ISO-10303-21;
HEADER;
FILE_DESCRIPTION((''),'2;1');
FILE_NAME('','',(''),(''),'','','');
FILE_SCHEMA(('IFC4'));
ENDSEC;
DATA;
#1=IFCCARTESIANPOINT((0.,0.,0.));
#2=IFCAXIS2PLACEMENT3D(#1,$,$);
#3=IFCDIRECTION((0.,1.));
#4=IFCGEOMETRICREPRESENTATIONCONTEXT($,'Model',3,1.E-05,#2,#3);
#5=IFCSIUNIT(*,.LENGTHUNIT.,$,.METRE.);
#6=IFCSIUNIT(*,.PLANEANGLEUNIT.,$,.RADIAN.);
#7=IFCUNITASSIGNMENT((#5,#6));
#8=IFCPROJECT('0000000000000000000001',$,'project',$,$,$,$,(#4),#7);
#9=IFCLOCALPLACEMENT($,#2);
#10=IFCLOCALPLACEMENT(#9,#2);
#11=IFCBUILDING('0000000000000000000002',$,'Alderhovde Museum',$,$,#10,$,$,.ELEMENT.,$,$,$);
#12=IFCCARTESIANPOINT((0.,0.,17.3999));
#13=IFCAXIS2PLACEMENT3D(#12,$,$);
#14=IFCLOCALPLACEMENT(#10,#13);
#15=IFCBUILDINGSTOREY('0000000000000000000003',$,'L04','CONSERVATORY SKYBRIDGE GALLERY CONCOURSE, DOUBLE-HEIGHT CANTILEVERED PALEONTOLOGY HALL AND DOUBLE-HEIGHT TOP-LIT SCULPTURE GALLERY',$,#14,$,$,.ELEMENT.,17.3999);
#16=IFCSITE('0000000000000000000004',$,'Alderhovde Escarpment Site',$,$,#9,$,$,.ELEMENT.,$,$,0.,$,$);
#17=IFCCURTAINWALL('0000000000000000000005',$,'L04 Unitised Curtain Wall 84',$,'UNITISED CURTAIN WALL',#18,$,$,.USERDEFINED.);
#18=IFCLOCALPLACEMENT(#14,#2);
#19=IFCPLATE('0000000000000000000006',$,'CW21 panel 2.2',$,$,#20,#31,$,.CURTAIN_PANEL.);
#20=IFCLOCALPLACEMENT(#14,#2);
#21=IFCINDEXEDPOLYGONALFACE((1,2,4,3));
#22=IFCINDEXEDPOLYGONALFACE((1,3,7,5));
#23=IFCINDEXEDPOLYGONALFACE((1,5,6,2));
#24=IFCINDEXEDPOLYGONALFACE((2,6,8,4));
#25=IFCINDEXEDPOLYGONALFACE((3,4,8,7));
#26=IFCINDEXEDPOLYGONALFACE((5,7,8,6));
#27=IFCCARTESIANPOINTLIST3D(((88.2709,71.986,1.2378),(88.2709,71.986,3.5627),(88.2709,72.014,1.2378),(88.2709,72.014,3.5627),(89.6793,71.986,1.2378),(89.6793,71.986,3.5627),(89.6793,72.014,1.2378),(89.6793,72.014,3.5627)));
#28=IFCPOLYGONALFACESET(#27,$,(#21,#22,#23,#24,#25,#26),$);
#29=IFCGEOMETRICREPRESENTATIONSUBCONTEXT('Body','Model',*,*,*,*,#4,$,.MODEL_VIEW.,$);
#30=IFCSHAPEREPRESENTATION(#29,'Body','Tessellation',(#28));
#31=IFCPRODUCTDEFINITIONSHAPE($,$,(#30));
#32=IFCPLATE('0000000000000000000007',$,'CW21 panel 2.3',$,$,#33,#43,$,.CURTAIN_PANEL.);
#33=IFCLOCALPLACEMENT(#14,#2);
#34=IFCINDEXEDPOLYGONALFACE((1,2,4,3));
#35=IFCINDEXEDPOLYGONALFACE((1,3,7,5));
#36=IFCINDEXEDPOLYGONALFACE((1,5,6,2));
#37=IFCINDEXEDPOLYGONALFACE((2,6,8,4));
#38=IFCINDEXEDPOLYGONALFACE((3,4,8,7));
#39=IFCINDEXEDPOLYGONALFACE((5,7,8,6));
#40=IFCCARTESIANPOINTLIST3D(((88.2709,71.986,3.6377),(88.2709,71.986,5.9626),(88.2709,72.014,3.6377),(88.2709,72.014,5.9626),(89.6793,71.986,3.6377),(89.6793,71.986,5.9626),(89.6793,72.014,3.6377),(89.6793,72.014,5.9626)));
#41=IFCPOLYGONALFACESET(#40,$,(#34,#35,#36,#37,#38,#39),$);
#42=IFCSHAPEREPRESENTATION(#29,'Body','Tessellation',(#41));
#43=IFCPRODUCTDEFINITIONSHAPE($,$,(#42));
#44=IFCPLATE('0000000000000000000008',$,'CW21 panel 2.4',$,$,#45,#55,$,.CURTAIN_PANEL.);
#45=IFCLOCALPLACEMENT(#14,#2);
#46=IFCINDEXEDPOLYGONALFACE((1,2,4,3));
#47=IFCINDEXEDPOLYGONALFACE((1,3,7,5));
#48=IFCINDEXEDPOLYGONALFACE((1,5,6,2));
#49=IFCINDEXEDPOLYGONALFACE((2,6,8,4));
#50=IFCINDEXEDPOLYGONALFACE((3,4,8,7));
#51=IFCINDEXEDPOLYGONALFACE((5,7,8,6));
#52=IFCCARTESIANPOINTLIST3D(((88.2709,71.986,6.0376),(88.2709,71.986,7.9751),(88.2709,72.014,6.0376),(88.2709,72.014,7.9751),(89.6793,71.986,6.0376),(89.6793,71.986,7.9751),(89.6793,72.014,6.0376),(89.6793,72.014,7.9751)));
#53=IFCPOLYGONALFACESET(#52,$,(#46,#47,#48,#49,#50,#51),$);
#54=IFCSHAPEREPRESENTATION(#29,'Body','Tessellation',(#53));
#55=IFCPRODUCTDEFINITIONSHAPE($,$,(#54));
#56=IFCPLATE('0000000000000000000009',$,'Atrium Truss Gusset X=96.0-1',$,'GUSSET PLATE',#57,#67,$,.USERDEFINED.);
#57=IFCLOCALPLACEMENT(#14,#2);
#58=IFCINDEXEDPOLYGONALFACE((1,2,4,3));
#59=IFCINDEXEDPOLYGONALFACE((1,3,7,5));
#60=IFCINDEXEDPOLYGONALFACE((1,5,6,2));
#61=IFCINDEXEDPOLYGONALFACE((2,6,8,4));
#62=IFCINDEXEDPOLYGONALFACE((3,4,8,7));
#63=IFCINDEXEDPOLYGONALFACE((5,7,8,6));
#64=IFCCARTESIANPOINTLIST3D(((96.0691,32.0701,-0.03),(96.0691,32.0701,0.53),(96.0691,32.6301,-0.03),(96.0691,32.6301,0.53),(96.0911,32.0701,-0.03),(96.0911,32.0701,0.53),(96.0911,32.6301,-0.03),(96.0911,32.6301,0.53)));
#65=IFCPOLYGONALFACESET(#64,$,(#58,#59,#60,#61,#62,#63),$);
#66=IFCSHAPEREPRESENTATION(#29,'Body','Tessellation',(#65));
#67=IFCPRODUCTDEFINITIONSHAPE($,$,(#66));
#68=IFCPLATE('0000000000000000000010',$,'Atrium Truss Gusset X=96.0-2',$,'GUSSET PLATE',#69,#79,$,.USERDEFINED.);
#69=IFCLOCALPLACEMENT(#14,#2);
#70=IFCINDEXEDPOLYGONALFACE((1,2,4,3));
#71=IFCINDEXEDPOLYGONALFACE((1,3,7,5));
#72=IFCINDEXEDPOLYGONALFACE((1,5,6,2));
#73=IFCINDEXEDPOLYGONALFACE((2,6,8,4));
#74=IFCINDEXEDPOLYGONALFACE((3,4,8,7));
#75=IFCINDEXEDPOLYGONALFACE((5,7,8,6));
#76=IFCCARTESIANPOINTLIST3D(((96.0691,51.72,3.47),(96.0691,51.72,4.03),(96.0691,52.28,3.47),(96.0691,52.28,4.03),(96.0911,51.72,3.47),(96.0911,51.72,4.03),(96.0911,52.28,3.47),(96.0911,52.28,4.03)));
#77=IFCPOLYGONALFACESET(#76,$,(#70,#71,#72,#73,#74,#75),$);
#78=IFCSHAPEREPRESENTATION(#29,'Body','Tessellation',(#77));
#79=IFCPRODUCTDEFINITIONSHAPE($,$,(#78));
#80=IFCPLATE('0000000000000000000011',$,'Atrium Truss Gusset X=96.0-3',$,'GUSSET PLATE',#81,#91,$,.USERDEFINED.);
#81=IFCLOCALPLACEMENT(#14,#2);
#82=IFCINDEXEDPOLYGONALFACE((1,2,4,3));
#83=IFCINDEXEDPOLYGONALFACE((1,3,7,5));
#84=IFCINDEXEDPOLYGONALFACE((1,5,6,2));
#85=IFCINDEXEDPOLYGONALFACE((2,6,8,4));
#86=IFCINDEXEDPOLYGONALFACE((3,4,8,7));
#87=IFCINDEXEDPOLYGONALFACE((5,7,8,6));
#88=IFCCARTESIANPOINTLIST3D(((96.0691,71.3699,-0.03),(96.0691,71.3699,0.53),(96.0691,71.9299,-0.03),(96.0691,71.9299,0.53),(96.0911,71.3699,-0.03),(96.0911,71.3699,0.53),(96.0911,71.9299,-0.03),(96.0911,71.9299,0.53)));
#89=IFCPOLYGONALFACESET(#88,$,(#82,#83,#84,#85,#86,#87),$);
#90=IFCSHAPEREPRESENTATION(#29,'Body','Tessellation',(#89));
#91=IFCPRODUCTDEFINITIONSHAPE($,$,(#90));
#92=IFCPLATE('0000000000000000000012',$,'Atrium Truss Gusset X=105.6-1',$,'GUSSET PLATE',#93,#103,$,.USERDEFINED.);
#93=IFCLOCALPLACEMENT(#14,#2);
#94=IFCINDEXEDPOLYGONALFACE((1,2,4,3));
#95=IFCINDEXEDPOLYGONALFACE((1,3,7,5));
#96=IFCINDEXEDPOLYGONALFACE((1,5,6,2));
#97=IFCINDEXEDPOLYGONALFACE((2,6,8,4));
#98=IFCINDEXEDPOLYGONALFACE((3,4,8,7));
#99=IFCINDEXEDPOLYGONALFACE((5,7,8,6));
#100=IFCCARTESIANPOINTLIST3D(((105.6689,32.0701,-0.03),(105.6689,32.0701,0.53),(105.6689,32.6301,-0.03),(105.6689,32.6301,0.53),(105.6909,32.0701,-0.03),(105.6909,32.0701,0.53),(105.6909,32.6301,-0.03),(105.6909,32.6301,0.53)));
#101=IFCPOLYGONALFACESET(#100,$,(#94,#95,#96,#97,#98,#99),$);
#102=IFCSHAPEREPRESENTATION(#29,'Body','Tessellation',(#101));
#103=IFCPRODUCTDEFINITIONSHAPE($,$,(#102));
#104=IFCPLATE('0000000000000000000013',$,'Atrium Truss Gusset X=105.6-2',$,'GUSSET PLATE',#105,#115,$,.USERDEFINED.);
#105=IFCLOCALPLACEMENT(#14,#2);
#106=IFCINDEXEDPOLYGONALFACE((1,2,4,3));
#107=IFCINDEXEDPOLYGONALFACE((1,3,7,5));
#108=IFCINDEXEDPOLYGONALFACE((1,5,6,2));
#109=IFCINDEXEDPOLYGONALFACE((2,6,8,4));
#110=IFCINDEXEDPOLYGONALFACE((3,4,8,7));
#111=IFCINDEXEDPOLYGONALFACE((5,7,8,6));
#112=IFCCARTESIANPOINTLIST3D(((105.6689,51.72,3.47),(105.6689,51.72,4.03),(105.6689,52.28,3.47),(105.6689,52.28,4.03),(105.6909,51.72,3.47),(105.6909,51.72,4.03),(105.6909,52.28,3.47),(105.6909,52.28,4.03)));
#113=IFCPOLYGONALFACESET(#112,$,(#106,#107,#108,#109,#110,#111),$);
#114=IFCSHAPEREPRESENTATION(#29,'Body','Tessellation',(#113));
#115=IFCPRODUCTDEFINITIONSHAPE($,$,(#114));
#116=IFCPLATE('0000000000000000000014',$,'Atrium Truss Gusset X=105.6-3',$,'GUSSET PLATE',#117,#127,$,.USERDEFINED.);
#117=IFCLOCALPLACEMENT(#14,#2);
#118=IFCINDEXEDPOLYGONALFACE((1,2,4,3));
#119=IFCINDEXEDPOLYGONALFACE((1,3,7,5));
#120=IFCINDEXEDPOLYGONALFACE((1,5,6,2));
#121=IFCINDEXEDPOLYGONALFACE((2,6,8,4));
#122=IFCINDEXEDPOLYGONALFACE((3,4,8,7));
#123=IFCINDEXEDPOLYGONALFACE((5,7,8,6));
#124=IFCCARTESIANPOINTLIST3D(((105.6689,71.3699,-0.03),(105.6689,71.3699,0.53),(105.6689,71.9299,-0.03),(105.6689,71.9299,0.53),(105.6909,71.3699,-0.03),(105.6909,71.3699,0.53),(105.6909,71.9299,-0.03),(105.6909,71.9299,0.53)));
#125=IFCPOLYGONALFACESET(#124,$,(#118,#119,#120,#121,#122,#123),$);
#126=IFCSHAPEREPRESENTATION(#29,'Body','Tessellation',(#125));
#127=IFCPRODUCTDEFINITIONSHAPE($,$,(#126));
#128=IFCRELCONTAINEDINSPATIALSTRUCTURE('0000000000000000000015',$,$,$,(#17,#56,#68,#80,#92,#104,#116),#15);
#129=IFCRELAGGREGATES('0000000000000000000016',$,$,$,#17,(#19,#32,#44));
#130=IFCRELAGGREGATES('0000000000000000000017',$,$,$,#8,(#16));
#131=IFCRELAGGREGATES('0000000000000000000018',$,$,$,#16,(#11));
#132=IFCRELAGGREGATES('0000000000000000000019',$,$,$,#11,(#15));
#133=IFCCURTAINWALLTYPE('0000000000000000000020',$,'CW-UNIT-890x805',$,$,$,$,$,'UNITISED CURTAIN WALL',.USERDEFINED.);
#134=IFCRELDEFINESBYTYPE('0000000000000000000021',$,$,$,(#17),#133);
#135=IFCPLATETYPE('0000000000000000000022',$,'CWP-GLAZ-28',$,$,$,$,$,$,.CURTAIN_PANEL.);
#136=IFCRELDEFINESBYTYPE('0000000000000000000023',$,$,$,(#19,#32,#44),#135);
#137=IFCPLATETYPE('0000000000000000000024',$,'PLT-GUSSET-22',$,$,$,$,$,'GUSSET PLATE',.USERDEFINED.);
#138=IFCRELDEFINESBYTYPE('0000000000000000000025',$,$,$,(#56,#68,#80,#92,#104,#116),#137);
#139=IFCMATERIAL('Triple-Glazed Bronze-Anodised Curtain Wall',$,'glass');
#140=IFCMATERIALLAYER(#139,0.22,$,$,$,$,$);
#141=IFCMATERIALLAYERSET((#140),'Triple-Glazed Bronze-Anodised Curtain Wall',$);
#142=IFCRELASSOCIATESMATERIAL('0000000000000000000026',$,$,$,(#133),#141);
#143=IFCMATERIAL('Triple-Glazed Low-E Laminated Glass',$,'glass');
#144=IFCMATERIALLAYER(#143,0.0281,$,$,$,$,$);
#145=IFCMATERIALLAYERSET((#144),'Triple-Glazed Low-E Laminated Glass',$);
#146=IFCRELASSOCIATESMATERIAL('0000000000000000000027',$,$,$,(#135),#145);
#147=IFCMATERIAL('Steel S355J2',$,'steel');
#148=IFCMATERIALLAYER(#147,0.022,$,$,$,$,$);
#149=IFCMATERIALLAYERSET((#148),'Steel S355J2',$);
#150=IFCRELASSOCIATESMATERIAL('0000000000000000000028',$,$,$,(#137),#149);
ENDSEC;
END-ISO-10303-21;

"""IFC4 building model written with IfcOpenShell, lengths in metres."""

from ifc_helpers import new_model, si_unit, direction, frame, origin, origin_2d, place, context, subcontext, project, spatial, rectangle, extrude, material, layer, layer_set, type_object, element, aggregate, save


model = new_model("IFC4")

# Units and contexts
model_context = context("Model", 3, precision=1e-05, world=origin(), true_north=direction((0.0, 1.0)))
body_context = subcontext(model_context, "Body", "Model", "MODEL_VIEW")
ifc_project = project(units=[si_unit("LENGTHUNIT", "METRE"), si_unit("PLANEANGLEUNIT", "RADIAN")], contexts=[model_context])

# Site, building, storey
site_placement = place(None, origin())
site = spatial("IfcSite", under=ifc_project, at=site_placement, Name="Alderhovde Escarpment Site", CompositionType="ELEMENT", RefElevation=0.0)
building_placement = place(site_placement, origin())
building = spatial("IfcBuilding", under=site, at=building_placement, Name="Alderhovde Museum", CompositionType="ELEMENT")
storey_placement = place(building_placement, frame((0.0, 0.0, 17.3999)))
storey = spatial("IfcBuildingStorey", under=building, at=storey_placement, Name="L04", Description="CONSERVATORY SKYBRIDGE GALLERY CONCOURSE, DOUBLE-HEIGHT CANTILEVERED PALEONTOLOGY HALL AND DOUBLE-HEIGHT TOP-LIT SCULPTURE GALLERY", CompositionType="ELEMENT", Elevation=17.3999)

# Curtain wall
ifc_material_1 = material(Name="Triple-Glazed Bronze-Anodised Curtain Wall", Category="glass")
ifc_layer_1 = layer(ifc_material_1, 0.22)
ifc_layer_set_1 = layer_set([ifc_layer_1], Name="Triple-Glazed Bronze-Anodised Curtain Wall")
curtain_wall_type = type_object("IfcCurtainWallType", Name="CW-UNIT-890x805", ElementType="UNITISED CURTAIN WALL", PredefinedType="USERDEFINED", material=ifc_layer_set_1)
curtain_wall_placement = place(storey_placement, origin())
curtain_wall = element("IfcCurtainWall", 1, at=curtain_wall_placement, inside=storey, type_object=curtain_wall_type, Name="L04 Unitised Curtain Wall 84", ObjectType="UNITISED CURTAIN WALL", PredefinedType="USERDEFINED")

# Plates
ifc_material_2 = material(Name="Triple-Glazed Low-E Laminated Glass", Category="glass")
ifc_layer_2 = layer(ifc_material_2, 0.0281)
ifc_layer_set_2 = layer_set([ifc_layer_2], Name="Triple-Glazed Low-E Laminated Glass")
plate_type_1 = type_object("IfcPlateType", Name="CWP-GLAZ-28", PredefinedType="CURTAIN_PANEL", material=ifc_layer_set_2)
plate_1_placement = place(storey_placement, frame((88.9751, 72.0, 1.2378), z_axis=(0.0, 0.0, 1.0), x_axis=(1.0, 0.0, 0.0)))
plate_1 = element("IfcPlate", 2, at=plate_1_placement, type_object=plate_type_1, Name="CW21 panel 2.2", PredefinedType="CURTAIN_PANEL", context=body_context, shape_type="SweptSolid", body=[
    extrude(rectangle(XDim=1.4084, YDim=0.0281, at=origin_2d()), origin(), (0.0, 0.0, 1.0), 2.325),
])
plate_2_placement = place(storey_placement, frame((88.9751, 72.0, 3.6377), z_axis=(0.0, 0.0, 1.0), x_axis=(1.0, 0.0, 0.0)))
plate_2 = element("IfcPlate", 3, at=plate_2_placement, type_object=plate_type_1, Name="CW21 panel 2.3", PredefinedType="CURTAIN_PANEL", context=body_context, shape_type="SweptSolid", body=[
    extrude(rectangle(XDim=1.4084, YDim=0.0281, at=origin_2d()), origin(), (0.0, 0.0, 1.0), 2.325),
])
plate_3_placement = place(storey_placement, frame((88.9751, 72.0, 6.0376), z_axis=(0.0, 0.0, 1.0), x_axis=(1.0, 0.0, 0.0)))
plate_3 = element("IfcPlate", 4, at=plate_3_placement, type_object=plate_type_1, Name="CW21 panel 2.4", PredefinedType="CURTAIN_PANEL", context=body_context, shape_type="SweptSolid", body=[
    extrude(rectangle(XDim=1.4084, YDim=0.0281, at=origin_2d()), origin(), (0.0, 0.0, 1.0), 1.9375),
])
aggregate(curtain_wall, [plate_1, plate_2, plate_3])

# Plates
ifc_material_3 = material(Name="Steel S355J2", Category="steel")
ifc_layer_3 = layer(ifc_material_3, 0.022)
ifc_layer_set_3 = layer_set([ifc_layer_3], Name="Steel S355J2")
plate_type_2 = type_object("IfcPlateType", Name="PLT-GUSSET-22", ElementType="GUSSET PLATE", PredefinedType="USERDEFINED", material=ifc_layer_set_3)
for number, where, z_axis, x_axis, name in (
    (5, (96.0801, 32.3501, -0.03), (0.0, 0.0, 1.0), (1.0, 0.0, 0.0), "Atrium Truss Gusset X=96.0-1"),
    (6, (96.0801, 52.0, 3.47), (0.0, 0.0, 1.0), (1.0, 0.0, 0.0), "Atrium Truss Gusset X=96.0-2"),
    (7, (96.0801, 71.6499, -0.03), (0.0, 0.0, 1.0), (1.0, 0.0, 0.0), "Atrium Truss Gusset X=96.0-3"),
    (8, (105.6799, 32.3501, -0.03), (0.0, 0.0, 1.0), (1.0, 0.0, 0.0), "Atrium Truss Gusset X=105.6-1"),
    (9, (105.6799, 52.0, 3.47), (0.0, 0.0, 1.0), (1.0, 0.0, 0.0), "Atrium Truss Gusset X=105.6-2"),
    (10, (105.6799, 71.6499, -0.03), (0.0, 0.0, 1.0), (1.0, 0.0, 0.0), "Atrium Truss Gusset X=105.6-3"),
):
    element("IfcPlate", number, at=place(storey_placement, frame(where, z_axis=z_axis, x_axis=x_axis)), inside=storey, type_object=plate_type_2, Name=name, ObjectType="GUSSET PLATE", PredefinedType="USERDEFINED", context=body_context, shape_type="SweptSolid", body=[
        extrude(rectangle(XDim=0.022, YDim=0.5601, at=origin_2d()), origin(), (0.0, 0.0, 1.0), 0.5601),
    ])

save(model, "model.ifc")
